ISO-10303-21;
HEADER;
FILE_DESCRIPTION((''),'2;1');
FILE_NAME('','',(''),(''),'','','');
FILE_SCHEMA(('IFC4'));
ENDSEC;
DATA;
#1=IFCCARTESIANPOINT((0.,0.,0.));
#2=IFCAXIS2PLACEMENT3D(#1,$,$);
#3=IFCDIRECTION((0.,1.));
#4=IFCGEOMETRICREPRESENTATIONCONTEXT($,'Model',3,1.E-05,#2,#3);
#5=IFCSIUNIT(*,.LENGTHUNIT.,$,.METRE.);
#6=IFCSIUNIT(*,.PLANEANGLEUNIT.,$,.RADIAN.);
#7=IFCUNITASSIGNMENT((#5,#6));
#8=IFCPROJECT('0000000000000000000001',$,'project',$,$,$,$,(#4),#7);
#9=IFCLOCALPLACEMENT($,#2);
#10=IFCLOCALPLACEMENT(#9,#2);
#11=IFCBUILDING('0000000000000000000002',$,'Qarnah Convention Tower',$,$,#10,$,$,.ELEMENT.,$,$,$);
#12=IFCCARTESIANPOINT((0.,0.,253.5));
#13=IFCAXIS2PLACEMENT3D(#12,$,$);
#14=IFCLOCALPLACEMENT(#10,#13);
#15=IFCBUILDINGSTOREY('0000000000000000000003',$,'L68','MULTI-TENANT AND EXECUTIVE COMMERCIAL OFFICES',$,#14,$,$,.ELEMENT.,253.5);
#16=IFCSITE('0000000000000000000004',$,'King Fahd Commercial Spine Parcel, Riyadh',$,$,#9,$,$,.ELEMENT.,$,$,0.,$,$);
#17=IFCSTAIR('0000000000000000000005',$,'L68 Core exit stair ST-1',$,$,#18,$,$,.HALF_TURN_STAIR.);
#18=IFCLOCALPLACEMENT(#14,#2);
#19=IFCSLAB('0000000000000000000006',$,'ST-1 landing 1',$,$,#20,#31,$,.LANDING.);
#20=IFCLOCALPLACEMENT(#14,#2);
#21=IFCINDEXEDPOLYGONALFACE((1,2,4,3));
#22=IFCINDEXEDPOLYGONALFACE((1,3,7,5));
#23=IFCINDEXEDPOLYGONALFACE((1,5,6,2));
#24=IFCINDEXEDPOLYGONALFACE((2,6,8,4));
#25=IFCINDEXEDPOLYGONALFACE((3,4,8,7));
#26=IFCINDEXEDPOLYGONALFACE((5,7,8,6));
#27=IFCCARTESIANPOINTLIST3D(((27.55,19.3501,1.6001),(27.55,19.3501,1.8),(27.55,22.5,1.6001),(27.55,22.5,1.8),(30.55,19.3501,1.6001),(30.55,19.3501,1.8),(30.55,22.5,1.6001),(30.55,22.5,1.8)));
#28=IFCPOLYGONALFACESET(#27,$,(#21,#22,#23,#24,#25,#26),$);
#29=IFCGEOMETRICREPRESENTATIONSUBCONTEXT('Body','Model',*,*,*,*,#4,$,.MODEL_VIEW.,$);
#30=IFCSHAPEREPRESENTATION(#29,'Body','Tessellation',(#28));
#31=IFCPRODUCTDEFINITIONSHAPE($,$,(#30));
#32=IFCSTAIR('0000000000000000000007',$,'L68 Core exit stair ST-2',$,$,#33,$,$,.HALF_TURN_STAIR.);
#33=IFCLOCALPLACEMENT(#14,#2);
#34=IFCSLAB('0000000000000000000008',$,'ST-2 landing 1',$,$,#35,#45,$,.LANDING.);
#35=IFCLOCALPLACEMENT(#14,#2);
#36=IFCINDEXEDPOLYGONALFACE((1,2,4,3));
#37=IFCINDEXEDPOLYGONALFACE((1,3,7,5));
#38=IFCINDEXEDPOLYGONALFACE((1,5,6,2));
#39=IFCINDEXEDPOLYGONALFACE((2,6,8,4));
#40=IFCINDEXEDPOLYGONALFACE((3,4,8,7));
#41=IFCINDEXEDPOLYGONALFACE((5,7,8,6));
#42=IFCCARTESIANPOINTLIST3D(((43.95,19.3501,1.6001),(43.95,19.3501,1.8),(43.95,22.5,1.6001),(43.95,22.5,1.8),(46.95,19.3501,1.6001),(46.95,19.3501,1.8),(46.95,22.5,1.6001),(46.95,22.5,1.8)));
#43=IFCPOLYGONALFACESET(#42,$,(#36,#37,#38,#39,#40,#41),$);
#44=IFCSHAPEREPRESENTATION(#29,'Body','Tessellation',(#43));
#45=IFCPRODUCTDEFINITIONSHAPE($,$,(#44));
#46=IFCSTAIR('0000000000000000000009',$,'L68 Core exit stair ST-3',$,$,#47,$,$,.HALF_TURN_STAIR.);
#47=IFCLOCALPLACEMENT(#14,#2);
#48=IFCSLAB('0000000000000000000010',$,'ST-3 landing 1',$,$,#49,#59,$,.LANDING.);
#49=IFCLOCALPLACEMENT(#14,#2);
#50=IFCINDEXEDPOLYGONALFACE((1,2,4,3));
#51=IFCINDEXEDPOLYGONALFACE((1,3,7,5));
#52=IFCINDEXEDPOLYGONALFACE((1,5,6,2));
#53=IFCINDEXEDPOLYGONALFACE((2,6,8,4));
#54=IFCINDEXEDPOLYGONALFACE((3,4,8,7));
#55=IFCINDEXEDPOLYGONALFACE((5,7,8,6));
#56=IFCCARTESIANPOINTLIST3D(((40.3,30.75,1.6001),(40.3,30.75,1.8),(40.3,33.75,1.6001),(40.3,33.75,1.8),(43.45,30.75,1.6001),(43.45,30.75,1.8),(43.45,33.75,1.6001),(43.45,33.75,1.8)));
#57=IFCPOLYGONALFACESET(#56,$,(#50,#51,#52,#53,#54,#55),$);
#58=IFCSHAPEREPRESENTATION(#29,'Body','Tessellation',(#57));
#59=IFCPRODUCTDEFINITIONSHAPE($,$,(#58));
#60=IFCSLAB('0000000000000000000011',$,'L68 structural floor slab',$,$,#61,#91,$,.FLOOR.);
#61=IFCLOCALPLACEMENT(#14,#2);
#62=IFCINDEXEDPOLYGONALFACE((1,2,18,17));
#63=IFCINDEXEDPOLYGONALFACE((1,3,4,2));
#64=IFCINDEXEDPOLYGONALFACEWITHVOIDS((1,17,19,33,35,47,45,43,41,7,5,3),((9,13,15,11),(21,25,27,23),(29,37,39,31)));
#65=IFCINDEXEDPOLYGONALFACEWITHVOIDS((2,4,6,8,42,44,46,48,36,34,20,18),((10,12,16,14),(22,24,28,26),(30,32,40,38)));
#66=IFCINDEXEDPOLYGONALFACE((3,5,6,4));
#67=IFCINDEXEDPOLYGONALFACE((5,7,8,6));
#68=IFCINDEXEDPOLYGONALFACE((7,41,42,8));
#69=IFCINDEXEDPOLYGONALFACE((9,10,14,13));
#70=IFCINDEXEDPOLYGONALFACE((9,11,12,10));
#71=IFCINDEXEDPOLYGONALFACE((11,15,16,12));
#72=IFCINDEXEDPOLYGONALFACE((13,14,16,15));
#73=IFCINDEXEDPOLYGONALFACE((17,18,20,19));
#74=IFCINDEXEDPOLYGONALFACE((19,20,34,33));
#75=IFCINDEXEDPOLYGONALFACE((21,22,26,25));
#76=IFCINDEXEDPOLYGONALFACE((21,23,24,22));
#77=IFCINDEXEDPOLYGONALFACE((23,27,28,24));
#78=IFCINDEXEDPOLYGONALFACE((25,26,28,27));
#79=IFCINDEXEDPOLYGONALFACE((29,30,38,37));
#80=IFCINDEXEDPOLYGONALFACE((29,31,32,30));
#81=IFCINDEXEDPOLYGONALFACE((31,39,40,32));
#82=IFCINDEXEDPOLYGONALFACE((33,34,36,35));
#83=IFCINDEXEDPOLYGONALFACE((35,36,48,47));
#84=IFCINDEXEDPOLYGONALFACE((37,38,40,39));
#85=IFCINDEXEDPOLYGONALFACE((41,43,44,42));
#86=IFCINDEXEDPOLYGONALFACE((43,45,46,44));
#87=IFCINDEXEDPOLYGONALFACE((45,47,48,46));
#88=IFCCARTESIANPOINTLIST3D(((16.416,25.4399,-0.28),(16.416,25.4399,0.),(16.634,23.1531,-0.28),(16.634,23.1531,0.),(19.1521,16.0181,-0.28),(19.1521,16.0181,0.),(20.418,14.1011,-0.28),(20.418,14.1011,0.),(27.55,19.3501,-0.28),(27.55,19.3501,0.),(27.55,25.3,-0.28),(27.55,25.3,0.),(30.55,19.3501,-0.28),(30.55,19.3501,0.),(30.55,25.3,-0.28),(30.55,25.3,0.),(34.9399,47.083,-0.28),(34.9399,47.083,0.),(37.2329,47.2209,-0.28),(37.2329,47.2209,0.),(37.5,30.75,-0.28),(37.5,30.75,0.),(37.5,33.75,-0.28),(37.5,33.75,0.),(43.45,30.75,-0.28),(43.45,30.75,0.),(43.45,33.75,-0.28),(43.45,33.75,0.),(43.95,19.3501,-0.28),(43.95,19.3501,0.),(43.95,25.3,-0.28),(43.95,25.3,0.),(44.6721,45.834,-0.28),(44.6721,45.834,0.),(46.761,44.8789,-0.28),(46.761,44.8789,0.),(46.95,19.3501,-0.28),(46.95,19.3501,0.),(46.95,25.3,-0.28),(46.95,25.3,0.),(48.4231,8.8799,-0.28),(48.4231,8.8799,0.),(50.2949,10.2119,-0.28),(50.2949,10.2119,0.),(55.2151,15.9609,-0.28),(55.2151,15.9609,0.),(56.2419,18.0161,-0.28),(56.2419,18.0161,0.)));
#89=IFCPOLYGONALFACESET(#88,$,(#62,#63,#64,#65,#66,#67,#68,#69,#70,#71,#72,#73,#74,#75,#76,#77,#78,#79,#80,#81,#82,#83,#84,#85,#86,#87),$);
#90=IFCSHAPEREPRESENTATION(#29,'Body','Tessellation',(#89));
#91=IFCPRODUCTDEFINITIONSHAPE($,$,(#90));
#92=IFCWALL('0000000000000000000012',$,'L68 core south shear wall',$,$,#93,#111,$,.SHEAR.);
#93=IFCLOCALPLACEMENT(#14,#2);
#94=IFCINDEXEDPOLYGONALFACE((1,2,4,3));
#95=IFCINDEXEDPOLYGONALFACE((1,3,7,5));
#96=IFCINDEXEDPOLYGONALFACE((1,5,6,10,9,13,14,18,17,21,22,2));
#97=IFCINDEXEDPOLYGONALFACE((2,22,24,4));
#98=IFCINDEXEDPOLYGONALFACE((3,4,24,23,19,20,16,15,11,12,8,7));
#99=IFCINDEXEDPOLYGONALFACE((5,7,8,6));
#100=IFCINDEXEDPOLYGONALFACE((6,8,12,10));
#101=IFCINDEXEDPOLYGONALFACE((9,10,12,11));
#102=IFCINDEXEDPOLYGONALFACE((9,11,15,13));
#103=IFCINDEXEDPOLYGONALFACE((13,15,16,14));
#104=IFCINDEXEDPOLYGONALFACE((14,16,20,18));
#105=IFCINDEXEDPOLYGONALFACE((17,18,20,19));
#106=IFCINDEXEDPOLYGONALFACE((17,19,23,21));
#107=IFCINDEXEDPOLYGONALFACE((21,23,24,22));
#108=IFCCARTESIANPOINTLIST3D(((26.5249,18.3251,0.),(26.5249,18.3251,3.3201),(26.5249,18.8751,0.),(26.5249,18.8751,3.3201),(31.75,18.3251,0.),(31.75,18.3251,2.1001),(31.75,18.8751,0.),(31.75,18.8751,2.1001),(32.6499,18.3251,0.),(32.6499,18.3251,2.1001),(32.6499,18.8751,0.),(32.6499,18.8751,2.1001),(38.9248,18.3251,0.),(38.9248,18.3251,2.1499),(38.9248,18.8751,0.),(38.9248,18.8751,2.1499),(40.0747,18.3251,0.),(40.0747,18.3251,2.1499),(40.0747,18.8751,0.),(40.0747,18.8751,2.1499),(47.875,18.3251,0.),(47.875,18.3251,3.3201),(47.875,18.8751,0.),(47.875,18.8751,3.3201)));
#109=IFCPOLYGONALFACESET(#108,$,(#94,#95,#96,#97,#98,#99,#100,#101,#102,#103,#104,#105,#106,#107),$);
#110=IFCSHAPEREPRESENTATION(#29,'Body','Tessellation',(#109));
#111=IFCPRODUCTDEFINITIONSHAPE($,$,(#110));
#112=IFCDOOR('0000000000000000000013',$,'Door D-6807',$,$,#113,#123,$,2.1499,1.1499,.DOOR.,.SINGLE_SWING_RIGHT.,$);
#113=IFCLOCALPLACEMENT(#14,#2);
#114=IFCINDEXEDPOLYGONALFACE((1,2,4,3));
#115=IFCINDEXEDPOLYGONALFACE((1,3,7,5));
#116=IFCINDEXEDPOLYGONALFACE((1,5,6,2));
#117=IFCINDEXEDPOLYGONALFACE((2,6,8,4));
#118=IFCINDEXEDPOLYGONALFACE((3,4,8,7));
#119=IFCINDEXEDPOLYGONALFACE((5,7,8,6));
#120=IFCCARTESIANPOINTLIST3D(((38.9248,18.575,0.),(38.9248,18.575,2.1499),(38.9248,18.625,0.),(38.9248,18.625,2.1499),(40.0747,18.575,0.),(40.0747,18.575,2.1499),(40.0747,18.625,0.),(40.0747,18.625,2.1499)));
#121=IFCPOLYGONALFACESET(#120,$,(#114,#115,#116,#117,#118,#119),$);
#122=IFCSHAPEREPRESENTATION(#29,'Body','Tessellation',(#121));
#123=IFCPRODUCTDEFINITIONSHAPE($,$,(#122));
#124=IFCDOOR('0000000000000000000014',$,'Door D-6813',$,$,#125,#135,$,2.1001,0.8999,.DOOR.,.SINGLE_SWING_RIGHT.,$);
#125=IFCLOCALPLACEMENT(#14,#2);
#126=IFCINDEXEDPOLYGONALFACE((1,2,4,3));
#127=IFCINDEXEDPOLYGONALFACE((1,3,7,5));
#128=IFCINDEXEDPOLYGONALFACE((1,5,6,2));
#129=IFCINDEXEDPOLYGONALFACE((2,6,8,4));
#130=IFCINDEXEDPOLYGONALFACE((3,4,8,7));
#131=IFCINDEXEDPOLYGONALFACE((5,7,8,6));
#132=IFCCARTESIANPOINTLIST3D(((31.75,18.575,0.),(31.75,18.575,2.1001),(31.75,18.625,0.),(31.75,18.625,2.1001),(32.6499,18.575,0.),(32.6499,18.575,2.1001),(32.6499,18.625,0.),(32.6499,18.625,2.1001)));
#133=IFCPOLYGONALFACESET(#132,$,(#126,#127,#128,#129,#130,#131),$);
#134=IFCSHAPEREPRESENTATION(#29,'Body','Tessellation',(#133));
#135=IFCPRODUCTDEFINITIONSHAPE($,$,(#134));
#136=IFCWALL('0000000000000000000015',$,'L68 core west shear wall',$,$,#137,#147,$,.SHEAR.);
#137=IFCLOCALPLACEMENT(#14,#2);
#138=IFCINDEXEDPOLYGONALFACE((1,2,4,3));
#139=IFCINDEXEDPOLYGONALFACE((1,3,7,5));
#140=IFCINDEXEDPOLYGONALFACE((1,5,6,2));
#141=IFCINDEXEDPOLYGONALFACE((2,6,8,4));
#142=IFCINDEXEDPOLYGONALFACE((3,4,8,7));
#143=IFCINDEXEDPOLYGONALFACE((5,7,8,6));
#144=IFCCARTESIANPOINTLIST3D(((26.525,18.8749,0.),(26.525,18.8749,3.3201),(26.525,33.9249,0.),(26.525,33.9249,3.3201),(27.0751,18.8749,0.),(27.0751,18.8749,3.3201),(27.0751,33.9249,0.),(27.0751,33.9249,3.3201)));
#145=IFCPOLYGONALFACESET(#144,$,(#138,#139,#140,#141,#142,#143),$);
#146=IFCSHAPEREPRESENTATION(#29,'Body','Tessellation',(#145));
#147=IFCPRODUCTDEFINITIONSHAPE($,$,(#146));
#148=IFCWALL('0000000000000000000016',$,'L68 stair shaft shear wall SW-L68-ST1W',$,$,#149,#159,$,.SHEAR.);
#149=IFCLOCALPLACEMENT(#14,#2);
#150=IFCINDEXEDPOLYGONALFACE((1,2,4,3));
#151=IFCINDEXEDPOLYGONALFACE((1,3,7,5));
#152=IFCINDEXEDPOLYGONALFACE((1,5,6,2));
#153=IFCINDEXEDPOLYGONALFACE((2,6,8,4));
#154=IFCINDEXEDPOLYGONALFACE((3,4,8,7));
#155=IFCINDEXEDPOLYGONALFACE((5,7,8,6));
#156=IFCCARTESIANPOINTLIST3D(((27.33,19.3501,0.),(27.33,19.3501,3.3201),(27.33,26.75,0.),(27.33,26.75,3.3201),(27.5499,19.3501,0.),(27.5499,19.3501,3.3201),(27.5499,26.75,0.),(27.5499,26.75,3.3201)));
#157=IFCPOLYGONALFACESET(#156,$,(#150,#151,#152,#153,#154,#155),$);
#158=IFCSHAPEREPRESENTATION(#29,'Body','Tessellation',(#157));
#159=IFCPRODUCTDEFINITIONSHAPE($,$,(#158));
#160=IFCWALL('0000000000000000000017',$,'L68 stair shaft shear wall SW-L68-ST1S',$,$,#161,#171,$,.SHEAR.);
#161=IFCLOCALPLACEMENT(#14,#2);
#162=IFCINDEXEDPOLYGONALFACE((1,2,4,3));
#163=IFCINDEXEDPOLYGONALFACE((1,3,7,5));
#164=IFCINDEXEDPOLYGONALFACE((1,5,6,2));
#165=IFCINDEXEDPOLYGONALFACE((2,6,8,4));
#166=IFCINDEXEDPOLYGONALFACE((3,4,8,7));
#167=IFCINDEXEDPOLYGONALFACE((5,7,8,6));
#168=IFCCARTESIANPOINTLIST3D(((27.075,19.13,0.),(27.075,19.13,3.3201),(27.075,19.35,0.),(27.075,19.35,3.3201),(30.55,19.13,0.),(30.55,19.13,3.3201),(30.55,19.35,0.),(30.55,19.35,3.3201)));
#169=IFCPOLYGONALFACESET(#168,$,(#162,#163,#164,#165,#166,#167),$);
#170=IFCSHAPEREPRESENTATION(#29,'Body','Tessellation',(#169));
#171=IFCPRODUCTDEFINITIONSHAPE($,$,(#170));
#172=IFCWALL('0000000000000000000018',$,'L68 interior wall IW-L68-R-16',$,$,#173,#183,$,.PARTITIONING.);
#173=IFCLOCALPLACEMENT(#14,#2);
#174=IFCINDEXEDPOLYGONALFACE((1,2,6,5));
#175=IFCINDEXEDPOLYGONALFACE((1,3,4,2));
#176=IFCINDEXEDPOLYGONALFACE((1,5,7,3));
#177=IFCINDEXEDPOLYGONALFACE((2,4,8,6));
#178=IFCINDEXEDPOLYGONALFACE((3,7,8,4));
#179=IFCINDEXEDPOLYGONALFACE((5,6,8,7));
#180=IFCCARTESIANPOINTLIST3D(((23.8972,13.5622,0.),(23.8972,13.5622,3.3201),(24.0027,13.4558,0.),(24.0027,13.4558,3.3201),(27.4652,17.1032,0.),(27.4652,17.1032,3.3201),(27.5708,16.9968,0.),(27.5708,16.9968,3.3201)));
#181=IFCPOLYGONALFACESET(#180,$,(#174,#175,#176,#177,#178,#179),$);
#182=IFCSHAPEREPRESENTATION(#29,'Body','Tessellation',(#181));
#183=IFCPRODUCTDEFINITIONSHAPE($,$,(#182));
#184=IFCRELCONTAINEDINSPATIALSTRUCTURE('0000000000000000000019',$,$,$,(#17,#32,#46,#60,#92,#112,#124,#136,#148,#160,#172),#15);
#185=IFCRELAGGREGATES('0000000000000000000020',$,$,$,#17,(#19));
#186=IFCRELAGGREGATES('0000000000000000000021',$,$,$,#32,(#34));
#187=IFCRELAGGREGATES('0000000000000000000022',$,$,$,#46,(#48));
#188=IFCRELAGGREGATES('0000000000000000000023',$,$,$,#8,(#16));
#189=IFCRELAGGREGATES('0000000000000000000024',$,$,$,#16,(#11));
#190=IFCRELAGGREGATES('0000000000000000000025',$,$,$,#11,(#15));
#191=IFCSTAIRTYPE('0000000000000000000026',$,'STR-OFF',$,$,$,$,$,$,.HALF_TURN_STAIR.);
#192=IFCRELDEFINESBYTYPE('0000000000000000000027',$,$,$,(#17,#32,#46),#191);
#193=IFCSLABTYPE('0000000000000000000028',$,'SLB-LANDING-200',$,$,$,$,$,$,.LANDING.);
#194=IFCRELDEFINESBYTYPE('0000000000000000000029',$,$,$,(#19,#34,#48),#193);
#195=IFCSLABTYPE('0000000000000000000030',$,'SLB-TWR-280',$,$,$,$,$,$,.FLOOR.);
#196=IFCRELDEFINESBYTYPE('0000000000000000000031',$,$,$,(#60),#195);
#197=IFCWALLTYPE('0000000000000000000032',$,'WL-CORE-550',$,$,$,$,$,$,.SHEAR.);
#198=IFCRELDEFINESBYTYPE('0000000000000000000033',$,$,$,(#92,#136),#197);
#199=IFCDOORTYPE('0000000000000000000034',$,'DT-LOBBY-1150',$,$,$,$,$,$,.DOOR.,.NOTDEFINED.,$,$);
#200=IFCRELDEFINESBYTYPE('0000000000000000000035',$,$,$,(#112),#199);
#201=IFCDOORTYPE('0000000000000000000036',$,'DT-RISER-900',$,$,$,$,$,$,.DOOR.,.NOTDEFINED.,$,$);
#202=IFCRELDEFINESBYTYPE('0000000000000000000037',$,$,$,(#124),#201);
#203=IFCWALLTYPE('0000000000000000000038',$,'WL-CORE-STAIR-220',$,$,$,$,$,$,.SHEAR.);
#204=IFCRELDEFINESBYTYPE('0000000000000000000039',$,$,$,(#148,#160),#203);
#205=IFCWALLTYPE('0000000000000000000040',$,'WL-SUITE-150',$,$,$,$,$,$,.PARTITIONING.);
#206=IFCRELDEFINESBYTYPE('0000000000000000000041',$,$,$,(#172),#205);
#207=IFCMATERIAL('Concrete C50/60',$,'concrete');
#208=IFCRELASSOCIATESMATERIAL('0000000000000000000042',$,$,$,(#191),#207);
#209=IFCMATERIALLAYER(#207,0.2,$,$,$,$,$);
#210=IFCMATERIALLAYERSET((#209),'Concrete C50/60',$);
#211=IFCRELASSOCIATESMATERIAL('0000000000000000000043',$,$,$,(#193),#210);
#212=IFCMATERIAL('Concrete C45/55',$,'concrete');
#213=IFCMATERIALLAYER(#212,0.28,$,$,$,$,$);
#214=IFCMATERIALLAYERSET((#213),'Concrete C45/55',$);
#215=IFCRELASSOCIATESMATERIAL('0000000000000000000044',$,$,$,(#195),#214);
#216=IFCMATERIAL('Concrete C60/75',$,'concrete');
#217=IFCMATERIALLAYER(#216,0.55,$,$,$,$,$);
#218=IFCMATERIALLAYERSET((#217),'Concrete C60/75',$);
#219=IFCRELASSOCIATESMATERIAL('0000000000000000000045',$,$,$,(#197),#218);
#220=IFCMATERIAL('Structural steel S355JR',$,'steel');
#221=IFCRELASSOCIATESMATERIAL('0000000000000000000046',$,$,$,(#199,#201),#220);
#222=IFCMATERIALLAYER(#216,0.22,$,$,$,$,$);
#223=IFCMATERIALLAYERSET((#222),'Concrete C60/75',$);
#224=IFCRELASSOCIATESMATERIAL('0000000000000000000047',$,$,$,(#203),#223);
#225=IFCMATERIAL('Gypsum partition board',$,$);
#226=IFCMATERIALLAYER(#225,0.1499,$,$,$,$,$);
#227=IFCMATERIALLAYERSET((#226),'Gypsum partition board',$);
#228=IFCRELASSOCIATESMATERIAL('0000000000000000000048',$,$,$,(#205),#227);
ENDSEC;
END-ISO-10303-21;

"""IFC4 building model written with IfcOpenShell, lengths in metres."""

from ifc_helpers import new_model, si_unit, direction, frame, frame_2d, origin, place, context, subcontext, project, spatial, polyline, rectangle, outline, extrude, material, layer, layer_set, type_object, element, fill, aggregate, save


model = new_model("IFC4")

# Units and contexts
model_context = context("Model", 3, precision=1e-05, world=origin(), true_north=direction((0.0, 1.0)))
body_context = subcontext(model_context, "Body", "Model", "MODEL_VIEW")
ifc_project = project(units=[si_unit("LENGTHUNIT", "METRE"), si_unit("PLANEANGLEUNIT", "RADIAN")], contexts=[model_context])

# Site, building, storey
site_placement = place(None, origin())
site = spatial("IfcSite", under=ifc_project, at=site_placement, Name="King Fahd Commercial Spine Parcel, Riyadh", CompositionType="ELEMENT", RefElevation=0.0)
building_placement = place(site_placement, origin())
building = spatial("IfcBuilding", under=site, at=building_placement, Name="Qarnah Convention Tower", CompositionType="ELEMENT")
storey_placement = place(building_placement, frame((0.0, 0.0, 253.5)))
storey = spatial("IfcBuildingStorey", under=building, at=storey_placement, Name="L68", Description="MULTI-TENANT AND EXECUTIVE COMMERCIAL OFFICES", CompositionType="ELEMENT", Elevation=253.5)

# Shared definitions
ifc_material_1 = material(Name="Concrete C50/60", Category="concrete")

# Shared definitions
ifc_material_2 = material(Name="Structural steel S355JR", Category="steel")

# Shared definitions
ifc_material_3 = material(Name="Concrete C45/55", Category="concrete")

# Stairs, slabs
stair_type = type_object("IfcStairType", Name="STR-OFF", PredefinedType="HALF_TURN_STAIR", material=ifc_material_1)
stair_1_placement = place(storey_placement, origin())
stair_1 = element("IfcStair", 1, at=stair_1_placement, inside=storey, type_object=stair_type, Name="L68 Core exit stair ST-1", PredefinedType="HALF_TURN_STAIR")
ifc_layer_1 = layer(ifc_material_1, 0.2)
ifc_layer_set_1 = layer_set([ifc_layer_1], Name="Concrete C50/60")
slab_type_1 = type_object("IfcSlabType", Name="SLB-LANDING-200", PredefinedType="LANDING", material=ifc_layer_set_1)
slab_1_placement = place(storey_placement, frame((0.0, 0.0, 1.6001)))
slab_1 = element("IfcSlab", 2, at=slab_1_placement, type_object=slab_type_1, Name="ST-1 landing 1", PredefinedType="LANDING", context=body_context, shape_type="SweptSolid", body=[
    extrude(outline(polyline([(27.55, 22.5), (27.55, 19.3501), (30.55, 19.3501), (30.55, 22.5), (27.55, 22.5)])), origin(), (0.0, 0.0, 1.0), 0.2),
])
aggregate(stair_1, [slab_1])
stair_2_placement = place(storey_placement, origin())
stair_2 = element("IfcStair", 3, at=stair_2_placement, inside=storey, type_object=stair_type, Name="L68 Core exit stair ST-2", PredefinedType="HALF_TURN_STAIR")
slab_2_placement = place(storey_placement, frame((0.0, 0.0, 1.6001)))
slab_2 = element("IfcSlab", 4, at=slab_2_placement, type_object=slab_type_1, Name="ST-2 landing 1", PredefinedType="LANDING", context=body_context, shape_type="SweptSolid", body=[
    extrude(outline(polyline([(43.95, 22.5), (43.95, 19.3501), (46.95, 19.3501), (46.95, 22.5), (43.95, 22.5)])), origin(), (0.0, 0.0, 1.0), 0.2),
])
aggregate(stair_2, [slab_2])
stair_3_placement = place(storey_placement, origin())
stair_3 = element("IfcStair", 5, at=stair_3_placement, inside=storey, type_object=stair_type, Name="L68 Core exit stair ST-3", PredefinedType="HALF_TURN_STAIR")
slab_3_placement = place(storey_placement, frame((0.0, 0.0, 1.6001)))
slab_3 = element("IfcSlab", 6, at=slab_3_placement, type_object=slab_type_1, Name="ST-3 landing 1", PredefinedType="LANDING", context=body_context, shape_type="SweptSolid", body=[
    extrude(outline(polyline([(40.3, 30.75), (43.45, 30.75), (43.45, 33.75), (40.3, 33.75), (40.3, 30.75)])), origin(), (0.0, 0.0, 1.0), 0.2),
])
aggregate(stair_3, [slab_3])

# Slab
ifc_layer_2 = layer(ifc_material_3, 0.28)
ifc_layer_set_2 = layer_set([ifc_layer_2], Name="Concrete C45/55")
slab_type_2 = type_object("IfcSlabType", Name="SLB-TWR-280", PredefinedType="FLOOR", material=ifc_layer_set_2)
slab_4_placement = place(storey_placement, frame((0.0, 0.0, -0.28)))
element("IfcSlab", 7, at=slab_4_placement, inside=storey, type_object=slab_type_2, Name="L68 structural floor slab", PredefinedType="FLOOR", context=body_context, shape_type="SweptSolid", body=[
    extrude(outline(polyline([(34.9399, 47.083), (16.416, 25.4399), (16.634, 23.1531), (19.1521, 16.0181), (20.418, 14.1011), (48.4231, 8.8799), (50.2949, 10.2119), (55.2151, 15.9609), (56.2419, 18.0161), (46.761, 44.8789), (44.6721, 45.834), (37.2329, 47.2209), (34.9399, 47.083)]), holes=[polyline([(27.55, 25.3), (27.55, 19.3501), (30.55, 19.3501), (30.55, 25.3), (27.55, 25.3)]), polyline([(43.95, 25.3), (43.95, 19.3501), (46.95, 19.3501), (46.95, 25.3), (43.95, 25.3)]), polyline([(37.5, 30.75), (43.45, 30.75), (43.45, 33.75), (37.5, 33.75), (37.5, 30.75)])]), origin(), (0.0, 0.0, 1.0), 0.28),
])

# Wall, openings, doors
ifc_material_4 = material(Name="Concrete C60/75", Category="concrete")
ifc_layer_3 = layer(ifc_material_4, 0.55)
ifc_layer_set_3 = layer_set([ifc_layer_3], Name="Concrete C60/75")
wall_type_1 = type_object("IfcWallType", Name="WL-CORE-550", PredefinedType="SHEAR", material=ifc_layer_set_3)
wall_1_placement = place(storey_placement, frame((26.5249, 18.6001, 0.0), z_axis=(0.0, 0.0, 1.0), x_axis=(1.0, 0.0, 0.0)))
wall_1 = element("IfcWall", 8, at=wall_1_placement, inside=storey, type_object=wall_type_1, Name="L68 core south shear wall", PredefinedType="SHEAR", context=body_context, shape_type="SweptSolid", body=[
    extrude(rectangle(XDim=21.3501, YDim=0.55, at=frame_2d((10.675, 0.0))), origin(), (0.0, 0.0, 1.0), 3.3201),
])
opening_1_placement = place(wall_1_placement, frame((12.3999, 0.0, 0.0)))
opening_1 = element("IfcOpeningElement", 9, at=opening_1_placement, cuts=wall_1, PredefinedType="OPENING", context=body_context, shape_type="SweptSolid", body=[
    extrude(rectangle(XDim=1.1499, YDim=2.1499, at=frame_2d((0.575, 1.075))), frame((0.0, 0.2849, 0.0), z_axis=(0.0, -1.0, 0.0), x_axis=(1.0, 0.0, 0.0)), (0.0, 0.0, 1.0), 0.5701),
])
opening_2_placement = place(wall_1_placement, frame((5.2251, 0.0, 0.0)))
opening_2 = element("IfcOpeningElement", 10, at=opening_2_placement, cuts=wall_1, PredefinedType="OPENING", context=body_context, shape_type="SweptSolid", body=[
    extrude(rectangle(XDim=0.8999, YDim=2.1001, at=frame_2d((0.45, 1.05))), frame((0.0, 0.2849, 0.0), z_axis=(0.0, -1.0, 0.0), x_axis=(1.0, 0.0, 0.0)), (0.0, 0.0, 1.0), 0.5701),
])
door_type_1 = type_object("IfcDoorType", Name="DT-LOBBY-1150", OperationType="NOTDEFINED", PredefinedType="DOOR", material=ifc_material_2)
door_1_placement = place(opening_1_placement, origin())
door_1 = element("IfcDoor", 11, at=door_1_placement, inside=storey, type_object=door_type_1, Name="Door D-6807", OperationType="SINGLE_SWING_RIGHT", OverallHeight=2.1499, OverallWidth=1.1499, PredefinedType="DOOR", context=body_context, shape_type="SweptSolid", body=[
    extrude(rectangle(XDim=1.1499, YDim=2.1499, at=frame_2d((0.575, 1.075))), frame((0.0, 0.0249, 0.0), z_axis=(0.0, -1.0, 0.0), x_axis=(1.0, 0.0, 0.0)), (0.0, 0.0, 1.0), 0.05),
])
fill(opening_1, door_1)
door_type_2 = type_object("IfcDoorType", Name="DT-RISER-900", OperationType="NOTDEFINED", PredefinedType="DOOR", material=ifc_material_2)
door_2_placement = place(opening_2_placement, origin())
door_2 = element("IfcDoor", 12, at=door_2_placement, inside=storey, type_object=door_type_2, Name="Door D-6813", OperationType="SINGLE_SWING_RIGHT", OverallHeight=2.1001, OverallWidth=0.8999, PredefinedType="DOOR", context=body_context, shape_type="SweptSolid", body=[
    extrude(rectangle(XDim=0.8999, YDim=2.1001, at=frame_2d((0.45, 1.05))), frame((0.0, 0.0249, 0.0), z_axis=(0.0, -1.0, 0.0), x_axis=(1.0, 0.0, 0.0)), (0.0, 0.0, 1.0), 0.05),
])
fill(opening_2, door_2)

# Walls
wall_2_placement = place(storey_placement, frame((26.8, 18.875, 0.0), z_axis=(0.0, 0.0, 1.0), x_axis=(0.0, 1.0, 0.0)))
element("IfcWall", 13, at=wall_2_placement, inside=storey, type_object=wall_type_1, Name="L68 core west shear wall", PredefinedType="SHEAR", context=body_context, shape_type="SweptSolid", body=[
    extrude(rectangle(XDim=15.05, YDim=0.55, at=frame_2d((7.5249, 0.0))), origin(), (0.0, 0.0, 1.0), 3.3201),
])
ifc_layer_4 = layer(ifc_material_4, 0.22)
ifc_layer_set_4 = layer_set([ifc_layer_4], Name="Concrete C60/75")
wall_type_2 = type_object("IfcWallType", Name="WL-CORE-STAIR-220", PredefinedType="SHEAR", material=ifc_layer_set_4)
wall_3_placement = place(storey_placement, frame((27.4399, 19.3501, 0.0), z_axis=(0.0, 0.0, 1.0), x_axis=(0.0, 1.0, 0.0)))
element("IfcWall", 14, at=wall_3_placement, inside=storey, type_object=wall_type_2, Name="L68 stair shaft shear wall SW-L68-ST1W", PredefinedType="SHEAR", context=body_context, shape_type="SweptSolid", body=[
    extrude(rectangle(XDim=7.3999, YDim=0.22, at=frame_2d((3.7, 0.0))), origin(), (0.0, 0.0, 1.0), 3.3201),
])
wall_4_placement = place(storey_placement, frame((27.075, 19.24, 0.0), z_axis=(0.0, 0.0, 1.0), x_axis=(1.0, 0.0, 0.0)))
element("IfcWall", 15, at=wall_4_placement, inside=storey, type_object=wall_type_2, Name="L68 stair shaft shear wall SW-L68-ST1S", PredefinedType="SHEAR", context=body_context, shape_type="SweptSolid", body=[
    extrude(rectangle(XDim=3.4751, YDim=0.22, at=frame_2d((1.7375, 0.0))), origin(), (0.0, 0.0, 1.0), 3.3201),
])

# Wall
ifc_material_5 = material(Name="Gypsum partition board")
ifc_layer_5 = layer(ifc_material_5, 0.1499)
ifc_layer_set_5 = layer_set([ifc_layer_5], Name="Gypsum partition board")
wall_type_3 = type_object("IfcWallType", Name="WL-SUITE-150", PredefinedType="PARTITIONING", material=ifc_layer_set_5)
wall_5_placement = place(storey_placement, frame((23.95, 13.509, 0.0), z_axis=(0.0, 0.0, 1.0), x_axis=(0.709797, 0.704406, 0.0)))
element("IfcWall", 16, at=wall_5_placement, inside=storey, type_object=wall_type_3, Name="L68 interior wall IW-L68-R-16", PredefinedType="PARTITIONING", context=body_context, shape_type="SweptSolid", body=[
    extrude(rectangle(XDim=5.0269, YDim=0.1499, at=frame_2d((2.5134, 0.0))), origin(), (0.0, 0.0, 1.0), 3.3201),
])

save(model, "model.ifc")
